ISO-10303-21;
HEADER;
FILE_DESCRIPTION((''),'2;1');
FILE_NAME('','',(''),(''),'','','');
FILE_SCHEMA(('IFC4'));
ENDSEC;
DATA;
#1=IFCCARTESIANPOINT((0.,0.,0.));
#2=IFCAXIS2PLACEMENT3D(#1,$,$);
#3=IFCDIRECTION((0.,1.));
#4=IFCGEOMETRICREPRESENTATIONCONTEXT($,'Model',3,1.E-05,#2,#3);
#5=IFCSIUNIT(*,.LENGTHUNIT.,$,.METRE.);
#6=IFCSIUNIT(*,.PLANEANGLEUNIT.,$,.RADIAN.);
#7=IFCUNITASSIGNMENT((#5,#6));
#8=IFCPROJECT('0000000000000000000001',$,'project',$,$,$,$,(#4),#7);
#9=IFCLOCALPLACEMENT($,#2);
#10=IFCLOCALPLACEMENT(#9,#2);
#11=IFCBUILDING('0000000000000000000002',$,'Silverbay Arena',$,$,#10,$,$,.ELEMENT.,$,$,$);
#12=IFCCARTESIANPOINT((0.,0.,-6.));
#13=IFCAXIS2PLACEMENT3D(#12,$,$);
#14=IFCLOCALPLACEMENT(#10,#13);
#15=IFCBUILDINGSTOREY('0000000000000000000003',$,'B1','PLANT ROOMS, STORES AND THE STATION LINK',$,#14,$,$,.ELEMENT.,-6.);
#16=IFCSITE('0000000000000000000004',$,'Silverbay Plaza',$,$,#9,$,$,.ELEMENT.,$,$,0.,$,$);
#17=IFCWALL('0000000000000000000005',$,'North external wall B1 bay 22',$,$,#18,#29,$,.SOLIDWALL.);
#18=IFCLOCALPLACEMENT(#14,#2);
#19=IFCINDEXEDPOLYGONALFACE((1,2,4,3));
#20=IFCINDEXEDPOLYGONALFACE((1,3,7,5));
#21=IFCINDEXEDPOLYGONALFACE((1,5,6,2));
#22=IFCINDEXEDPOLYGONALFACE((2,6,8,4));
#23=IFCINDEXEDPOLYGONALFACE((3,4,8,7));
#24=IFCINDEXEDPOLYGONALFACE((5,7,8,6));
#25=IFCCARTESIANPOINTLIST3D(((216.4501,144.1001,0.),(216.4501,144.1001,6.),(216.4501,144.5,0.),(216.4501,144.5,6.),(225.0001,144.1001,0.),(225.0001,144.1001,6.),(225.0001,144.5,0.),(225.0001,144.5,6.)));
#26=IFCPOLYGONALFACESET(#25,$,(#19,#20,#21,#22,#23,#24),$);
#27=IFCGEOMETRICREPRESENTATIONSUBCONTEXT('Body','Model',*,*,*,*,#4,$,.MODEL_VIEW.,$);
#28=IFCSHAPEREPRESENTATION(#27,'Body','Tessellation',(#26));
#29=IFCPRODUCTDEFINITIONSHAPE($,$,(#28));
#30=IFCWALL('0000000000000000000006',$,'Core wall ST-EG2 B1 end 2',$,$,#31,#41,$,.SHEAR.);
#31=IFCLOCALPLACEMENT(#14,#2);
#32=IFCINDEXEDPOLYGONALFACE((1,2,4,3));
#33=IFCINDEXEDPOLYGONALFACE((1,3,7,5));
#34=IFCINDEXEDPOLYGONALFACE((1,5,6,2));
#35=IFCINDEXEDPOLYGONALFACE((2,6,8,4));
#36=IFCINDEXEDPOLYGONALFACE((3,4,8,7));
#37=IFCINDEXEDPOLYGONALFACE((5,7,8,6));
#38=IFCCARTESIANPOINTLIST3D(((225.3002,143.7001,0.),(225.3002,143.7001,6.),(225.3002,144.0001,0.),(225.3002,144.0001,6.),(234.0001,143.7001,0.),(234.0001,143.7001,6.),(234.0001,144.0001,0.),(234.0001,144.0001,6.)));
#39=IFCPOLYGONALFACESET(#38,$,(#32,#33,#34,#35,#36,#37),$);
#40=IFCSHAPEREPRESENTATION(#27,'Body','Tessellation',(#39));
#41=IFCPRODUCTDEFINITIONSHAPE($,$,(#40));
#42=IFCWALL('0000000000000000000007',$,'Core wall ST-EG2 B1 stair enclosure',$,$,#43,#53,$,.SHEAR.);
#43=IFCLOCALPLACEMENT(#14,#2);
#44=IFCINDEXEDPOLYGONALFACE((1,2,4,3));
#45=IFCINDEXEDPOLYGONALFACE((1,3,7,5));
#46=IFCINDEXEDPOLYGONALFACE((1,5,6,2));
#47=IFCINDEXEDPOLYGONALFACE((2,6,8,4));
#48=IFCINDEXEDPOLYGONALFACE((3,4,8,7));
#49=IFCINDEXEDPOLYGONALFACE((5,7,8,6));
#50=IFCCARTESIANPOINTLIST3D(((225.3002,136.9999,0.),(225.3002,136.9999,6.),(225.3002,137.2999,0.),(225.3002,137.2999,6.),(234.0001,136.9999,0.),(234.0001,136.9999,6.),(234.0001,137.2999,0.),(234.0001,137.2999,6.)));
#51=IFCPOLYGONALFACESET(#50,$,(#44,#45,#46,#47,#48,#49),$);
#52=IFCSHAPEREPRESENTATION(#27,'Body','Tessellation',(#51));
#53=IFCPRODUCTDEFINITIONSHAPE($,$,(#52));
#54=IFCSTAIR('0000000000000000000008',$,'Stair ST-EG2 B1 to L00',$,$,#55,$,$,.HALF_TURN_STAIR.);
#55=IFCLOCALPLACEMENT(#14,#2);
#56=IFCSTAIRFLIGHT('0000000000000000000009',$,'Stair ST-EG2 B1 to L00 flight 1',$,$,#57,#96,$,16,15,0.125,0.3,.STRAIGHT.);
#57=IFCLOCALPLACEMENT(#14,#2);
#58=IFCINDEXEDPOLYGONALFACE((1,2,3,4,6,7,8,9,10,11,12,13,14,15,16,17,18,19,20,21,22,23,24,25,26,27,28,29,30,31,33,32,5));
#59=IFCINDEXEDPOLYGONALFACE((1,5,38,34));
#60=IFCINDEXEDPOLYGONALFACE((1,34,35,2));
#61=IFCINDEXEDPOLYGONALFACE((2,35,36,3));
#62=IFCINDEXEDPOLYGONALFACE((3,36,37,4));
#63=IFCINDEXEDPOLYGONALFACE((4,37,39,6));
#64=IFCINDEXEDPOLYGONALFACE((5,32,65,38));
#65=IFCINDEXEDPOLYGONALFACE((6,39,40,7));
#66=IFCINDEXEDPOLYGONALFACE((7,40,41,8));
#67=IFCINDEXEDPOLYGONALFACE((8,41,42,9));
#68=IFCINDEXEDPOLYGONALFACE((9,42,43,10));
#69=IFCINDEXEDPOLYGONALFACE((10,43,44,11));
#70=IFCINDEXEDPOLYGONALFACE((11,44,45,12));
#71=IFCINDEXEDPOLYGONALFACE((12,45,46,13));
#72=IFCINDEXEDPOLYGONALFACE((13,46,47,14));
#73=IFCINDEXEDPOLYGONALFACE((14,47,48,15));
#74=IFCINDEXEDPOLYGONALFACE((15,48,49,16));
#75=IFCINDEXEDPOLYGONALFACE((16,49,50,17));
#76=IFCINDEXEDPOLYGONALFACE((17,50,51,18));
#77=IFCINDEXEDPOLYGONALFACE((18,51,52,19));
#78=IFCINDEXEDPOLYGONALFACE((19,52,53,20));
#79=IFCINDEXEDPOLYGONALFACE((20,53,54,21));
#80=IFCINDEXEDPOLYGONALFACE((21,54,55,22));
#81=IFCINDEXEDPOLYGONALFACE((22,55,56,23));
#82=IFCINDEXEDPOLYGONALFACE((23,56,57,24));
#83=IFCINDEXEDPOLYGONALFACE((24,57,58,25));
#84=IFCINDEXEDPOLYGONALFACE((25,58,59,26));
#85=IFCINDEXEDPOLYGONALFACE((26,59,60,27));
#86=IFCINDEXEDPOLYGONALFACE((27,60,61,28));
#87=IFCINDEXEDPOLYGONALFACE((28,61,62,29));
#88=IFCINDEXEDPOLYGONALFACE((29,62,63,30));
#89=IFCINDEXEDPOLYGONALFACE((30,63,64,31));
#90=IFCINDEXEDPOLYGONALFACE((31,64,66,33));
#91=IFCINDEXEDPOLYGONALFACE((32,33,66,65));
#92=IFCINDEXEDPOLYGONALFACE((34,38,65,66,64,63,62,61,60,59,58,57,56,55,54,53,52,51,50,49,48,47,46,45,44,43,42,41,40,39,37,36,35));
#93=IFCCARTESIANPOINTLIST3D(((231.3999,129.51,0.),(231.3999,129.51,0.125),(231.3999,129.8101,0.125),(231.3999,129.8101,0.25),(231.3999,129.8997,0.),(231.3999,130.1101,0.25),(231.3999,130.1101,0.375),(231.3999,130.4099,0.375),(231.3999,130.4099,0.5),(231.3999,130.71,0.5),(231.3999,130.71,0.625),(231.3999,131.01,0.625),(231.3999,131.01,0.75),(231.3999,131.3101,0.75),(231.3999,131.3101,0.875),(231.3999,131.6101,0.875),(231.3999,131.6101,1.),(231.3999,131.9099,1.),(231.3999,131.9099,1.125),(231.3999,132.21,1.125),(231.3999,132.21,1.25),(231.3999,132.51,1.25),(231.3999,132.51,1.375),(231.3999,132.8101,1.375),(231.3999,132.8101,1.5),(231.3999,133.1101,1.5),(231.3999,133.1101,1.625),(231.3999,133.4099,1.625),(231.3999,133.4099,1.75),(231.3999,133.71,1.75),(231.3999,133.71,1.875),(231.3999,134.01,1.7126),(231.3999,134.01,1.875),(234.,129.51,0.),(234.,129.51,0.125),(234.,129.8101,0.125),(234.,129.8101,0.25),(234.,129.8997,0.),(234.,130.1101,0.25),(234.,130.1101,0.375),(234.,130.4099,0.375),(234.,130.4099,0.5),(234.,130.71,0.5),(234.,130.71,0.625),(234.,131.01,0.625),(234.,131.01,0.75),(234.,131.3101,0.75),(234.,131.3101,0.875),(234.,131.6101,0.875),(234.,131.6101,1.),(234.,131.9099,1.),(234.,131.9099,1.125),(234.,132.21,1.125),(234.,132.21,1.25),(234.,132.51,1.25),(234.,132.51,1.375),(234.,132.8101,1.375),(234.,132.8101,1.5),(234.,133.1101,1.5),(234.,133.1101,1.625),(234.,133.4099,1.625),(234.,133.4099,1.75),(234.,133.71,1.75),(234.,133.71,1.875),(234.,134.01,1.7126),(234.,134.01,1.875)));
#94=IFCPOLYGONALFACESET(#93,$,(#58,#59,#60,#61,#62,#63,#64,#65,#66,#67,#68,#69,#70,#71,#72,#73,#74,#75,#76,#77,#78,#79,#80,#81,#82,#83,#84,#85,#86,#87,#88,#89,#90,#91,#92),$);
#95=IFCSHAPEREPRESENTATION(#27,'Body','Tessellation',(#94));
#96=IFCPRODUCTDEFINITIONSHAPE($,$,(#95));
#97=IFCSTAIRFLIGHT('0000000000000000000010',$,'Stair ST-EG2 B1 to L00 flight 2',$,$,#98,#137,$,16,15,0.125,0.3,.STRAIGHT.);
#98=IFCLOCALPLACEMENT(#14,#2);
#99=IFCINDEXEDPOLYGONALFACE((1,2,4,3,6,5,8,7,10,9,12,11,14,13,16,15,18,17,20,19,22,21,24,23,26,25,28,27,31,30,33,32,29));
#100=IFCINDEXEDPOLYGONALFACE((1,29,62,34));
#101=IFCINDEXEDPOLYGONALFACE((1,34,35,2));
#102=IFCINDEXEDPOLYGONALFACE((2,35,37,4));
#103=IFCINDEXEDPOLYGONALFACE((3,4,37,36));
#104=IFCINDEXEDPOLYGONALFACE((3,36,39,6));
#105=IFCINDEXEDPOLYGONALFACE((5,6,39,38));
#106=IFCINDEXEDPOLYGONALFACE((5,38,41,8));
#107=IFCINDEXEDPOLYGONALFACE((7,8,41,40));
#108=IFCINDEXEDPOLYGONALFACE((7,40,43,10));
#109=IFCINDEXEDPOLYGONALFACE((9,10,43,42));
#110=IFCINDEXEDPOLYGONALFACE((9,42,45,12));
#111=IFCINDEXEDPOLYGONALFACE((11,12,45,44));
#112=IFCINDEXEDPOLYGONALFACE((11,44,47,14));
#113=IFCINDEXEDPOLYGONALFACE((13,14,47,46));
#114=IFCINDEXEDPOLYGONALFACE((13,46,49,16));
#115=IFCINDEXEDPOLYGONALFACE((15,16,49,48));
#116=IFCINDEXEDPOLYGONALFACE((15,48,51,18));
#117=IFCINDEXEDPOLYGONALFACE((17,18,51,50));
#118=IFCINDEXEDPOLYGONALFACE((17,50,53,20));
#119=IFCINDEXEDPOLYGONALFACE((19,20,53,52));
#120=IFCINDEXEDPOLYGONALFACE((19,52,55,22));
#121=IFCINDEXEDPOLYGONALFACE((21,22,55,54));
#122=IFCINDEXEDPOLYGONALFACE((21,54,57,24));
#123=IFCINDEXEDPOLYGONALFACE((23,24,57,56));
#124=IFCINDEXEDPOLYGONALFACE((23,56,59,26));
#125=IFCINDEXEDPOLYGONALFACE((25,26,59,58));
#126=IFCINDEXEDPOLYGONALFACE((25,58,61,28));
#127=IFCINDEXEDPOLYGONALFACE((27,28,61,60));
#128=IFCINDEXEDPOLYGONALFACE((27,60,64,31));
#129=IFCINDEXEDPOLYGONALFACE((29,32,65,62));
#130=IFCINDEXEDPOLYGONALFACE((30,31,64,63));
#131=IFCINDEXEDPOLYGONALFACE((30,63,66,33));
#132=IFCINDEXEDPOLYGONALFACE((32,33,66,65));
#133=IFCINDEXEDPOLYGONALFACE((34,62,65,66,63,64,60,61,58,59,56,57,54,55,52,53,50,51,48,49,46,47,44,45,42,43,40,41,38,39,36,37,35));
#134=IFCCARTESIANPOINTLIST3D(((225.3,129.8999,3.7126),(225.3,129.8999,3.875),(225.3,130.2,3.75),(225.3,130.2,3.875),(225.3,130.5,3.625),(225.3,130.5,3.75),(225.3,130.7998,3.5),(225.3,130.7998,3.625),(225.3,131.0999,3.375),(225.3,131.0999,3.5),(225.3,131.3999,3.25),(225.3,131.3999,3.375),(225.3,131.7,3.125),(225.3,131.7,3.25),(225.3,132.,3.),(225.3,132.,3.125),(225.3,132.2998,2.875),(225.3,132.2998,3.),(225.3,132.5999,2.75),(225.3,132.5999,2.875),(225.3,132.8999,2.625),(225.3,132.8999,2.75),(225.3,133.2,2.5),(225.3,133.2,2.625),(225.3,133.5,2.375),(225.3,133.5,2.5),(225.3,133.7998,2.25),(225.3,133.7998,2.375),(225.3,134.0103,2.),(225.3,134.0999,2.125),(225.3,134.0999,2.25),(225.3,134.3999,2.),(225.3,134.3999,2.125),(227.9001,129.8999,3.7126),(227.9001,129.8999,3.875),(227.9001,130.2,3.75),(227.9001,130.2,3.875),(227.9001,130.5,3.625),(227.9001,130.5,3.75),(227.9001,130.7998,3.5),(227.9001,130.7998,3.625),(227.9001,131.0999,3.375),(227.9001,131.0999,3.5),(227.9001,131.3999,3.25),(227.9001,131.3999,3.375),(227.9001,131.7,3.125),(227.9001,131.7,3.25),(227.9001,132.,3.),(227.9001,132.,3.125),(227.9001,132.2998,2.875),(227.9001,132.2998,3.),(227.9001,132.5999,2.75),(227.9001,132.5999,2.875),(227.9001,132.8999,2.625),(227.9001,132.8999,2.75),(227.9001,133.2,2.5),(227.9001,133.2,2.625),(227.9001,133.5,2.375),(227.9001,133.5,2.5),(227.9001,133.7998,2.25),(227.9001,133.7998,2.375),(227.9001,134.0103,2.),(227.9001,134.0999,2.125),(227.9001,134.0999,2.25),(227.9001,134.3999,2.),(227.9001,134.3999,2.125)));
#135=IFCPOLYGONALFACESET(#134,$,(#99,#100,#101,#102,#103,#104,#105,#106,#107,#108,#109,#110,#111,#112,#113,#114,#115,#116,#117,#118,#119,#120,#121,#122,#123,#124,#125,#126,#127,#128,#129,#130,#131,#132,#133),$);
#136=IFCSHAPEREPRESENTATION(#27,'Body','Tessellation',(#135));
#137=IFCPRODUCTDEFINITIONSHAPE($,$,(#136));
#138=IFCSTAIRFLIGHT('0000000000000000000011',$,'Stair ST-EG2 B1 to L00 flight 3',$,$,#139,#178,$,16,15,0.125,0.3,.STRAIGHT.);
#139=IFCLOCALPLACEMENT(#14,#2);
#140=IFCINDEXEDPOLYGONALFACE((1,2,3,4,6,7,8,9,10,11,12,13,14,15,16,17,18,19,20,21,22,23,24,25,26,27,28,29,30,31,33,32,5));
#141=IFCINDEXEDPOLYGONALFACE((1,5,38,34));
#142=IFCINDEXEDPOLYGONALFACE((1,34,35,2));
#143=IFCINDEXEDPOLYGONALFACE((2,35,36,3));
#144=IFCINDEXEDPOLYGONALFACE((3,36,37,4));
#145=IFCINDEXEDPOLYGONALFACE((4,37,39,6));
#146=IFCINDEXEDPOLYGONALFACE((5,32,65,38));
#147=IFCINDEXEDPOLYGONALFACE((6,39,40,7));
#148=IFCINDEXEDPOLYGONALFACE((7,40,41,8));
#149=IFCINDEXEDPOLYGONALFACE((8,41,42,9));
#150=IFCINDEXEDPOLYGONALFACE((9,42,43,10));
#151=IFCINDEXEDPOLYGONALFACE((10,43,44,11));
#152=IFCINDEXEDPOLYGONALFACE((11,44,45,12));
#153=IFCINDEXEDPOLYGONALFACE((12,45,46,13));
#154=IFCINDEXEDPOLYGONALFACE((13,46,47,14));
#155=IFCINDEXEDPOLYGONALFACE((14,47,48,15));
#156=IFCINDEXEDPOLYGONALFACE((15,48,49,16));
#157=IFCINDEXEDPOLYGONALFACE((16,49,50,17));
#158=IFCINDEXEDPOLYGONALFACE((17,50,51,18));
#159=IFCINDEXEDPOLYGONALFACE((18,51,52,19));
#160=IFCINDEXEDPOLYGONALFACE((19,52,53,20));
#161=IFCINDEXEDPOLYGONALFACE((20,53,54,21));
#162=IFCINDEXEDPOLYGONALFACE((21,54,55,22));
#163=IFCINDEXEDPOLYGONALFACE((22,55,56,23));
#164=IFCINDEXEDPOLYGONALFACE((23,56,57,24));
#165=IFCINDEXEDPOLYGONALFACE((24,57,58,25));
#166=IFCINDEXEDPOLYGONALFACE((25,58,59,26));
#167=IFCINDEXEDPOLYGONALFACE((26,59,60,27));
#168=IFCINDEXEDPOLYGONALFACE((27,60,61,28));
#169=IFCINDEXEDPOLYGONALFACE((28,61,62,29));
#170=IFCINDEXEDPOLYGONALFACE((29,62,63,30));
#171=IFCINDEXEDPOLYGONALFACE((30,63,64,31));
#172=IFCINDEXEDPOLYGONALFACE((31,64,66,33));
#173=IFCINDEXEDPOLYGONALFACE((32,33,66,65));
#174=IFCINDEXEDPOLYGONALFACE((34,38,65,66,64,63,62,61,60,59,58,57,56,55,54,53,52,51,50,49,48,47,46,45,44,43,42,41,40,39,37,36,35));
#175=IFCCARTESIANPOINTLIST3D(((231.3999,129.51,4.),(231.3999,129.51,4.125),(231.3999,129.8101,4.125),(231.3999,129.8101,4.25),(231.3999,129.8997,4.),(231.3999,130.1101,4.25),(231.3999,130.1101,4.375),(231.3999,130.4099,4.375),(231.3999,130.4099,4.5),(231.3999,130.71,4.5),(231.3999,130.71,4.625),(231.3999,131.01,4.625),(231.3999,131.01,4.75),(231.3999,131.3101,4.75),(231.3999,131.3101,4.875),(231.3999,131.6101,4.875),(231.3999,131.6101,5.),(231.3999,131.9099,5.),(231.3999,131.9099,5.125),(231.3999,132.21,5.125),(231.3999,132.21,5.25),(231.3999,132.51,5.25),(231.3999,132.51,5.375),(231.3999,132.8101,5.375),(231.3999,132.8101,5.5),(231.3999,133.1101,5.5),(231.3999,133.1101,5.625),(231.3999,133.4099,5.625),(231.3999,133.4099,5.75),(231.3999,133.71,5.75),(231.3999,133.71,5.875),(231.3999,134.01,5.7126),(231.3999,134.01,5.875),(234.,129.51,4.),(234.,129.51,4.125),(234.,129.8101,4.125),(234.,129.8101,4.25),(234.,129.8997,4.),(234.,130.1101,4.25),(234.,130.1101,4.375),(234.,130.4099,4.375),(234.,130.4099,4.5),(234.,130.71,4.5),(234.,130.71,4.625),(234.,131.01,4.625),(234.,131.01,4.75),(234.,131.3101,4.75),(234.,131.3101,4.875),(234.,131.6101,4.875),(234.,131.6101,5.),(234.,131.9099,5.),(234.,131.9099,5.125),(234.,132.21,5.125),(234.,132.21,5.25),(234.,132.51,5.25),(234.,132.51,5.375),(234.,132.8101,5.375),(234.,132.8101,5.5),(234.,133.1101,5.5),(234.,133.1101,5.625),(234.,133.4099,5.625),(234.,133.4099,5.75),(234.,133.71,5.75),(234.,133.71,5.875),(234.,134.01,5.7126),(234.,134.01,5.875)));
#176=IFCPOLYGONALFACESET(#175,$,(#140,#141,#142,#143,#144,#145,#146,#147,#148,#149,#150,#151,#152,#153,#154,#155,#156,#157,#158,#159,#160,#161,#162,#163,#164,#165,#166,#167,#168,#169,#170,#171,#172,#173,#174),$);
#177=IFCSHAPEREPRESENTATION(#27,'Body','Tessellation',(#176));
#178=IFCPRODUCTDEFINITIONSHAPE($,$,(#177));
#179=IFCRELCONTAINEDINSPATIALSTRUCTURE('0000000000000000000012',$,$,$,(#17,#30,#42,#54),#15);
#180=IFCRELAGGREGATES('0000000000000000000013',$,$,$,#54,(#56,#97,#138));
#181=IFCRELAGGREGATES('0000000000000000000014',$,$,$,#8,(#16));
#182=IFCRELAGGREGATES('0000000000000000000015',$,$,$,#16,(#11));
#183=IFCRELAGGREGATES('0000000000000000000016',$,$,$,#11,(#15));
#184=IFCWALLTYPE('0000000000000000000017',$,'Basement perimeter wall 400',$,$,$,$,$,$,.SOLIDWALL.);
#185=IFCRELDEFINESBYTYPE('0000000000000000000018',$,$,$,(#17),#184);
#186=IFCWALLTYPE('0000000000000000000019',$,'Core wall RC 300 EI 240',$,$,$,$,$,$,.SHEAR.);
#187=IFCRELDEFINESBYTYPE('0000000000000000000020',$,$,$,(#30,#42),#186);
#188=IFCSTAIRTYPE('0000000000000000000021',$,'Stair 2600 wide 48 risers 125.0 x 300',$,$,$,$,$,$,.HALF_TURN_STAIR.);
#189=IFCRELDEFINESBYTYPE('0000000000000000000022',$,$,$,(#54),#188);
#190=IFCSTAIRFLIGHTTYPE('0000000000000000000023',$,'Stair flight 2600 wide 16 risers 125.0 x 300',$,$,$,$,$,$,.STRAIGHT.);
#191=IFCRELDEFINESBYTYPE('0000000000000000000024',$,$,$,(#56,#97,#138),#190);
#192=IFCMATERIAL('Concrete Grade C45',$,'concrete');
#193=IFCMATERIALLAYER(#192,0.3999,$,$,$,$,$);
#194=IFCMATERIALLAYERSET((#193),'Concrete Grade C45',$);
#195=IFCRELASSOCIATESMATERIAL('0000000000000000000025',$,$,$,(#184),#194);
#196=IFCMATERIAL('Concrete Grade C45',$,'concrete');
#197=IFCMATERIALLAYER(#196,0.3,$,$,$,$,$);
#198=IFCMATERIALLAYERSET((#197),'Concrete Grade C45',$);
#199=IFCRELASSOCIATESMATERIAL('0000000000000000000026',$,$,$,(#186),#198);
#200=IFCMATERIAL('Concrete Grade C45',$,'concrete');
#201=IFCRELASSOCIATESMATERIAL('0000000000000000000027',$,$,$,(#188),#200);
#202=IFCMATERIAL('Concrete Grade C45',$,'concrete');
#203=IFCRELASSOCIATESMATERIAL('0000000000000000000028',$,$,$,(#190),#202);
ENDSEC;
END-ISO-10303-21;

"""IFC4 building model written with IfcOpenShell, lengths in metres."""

from ifc_helpers import new_model, si_unit, direction, frame, frame_2d, origin, place, context, subcontext, project, spatial, polyline, rectangle, outline, extrude, material, layer, layer_set, type_object, element, aggregate, save


model = new_model("IFC4")

# Units and contexts
model_context = context("Model", 3, precision=1e-05, world=origin(), true_north=direction((0.0, 1.0)))
body_context = subcontext(model_context, "Body", "Model", "MODEL_VIEW")
ifc_project = project(units=[si_unit("LENGTHUNIT", "METRE"), si_unit("PLANEANGLEUNIT", "RADIAN")], contexts=[model_context])

# Site, building, storey
site_placement = place(None, origin())
site = spatial("IfcSite", under=ifc_project, at=site_placement, Name="Silverbay Plaza", CompositionType="ELEMENT", RefElevation=0.0)
building_placement = place(site_placement, origin())
building = spatial("IfcBuilding", under=site, at=building_placement, Name="Silverbay Arena", CompositionType="ELEMENT")
storey_placement = place(building_placement, frame((0.0, 0.0, -6.0)))
storey = spatial("IfcBuildingStorey", under=building, at=storey_placement, Name="B1", Description="PLANT ROOMS, STORES AND THE STATION LINK", CompositionType="ELEMENT", Elevation=-6.0)

# Walls
ifc_material_1 = material(Name="Concrete Grade C45", Category="concrete")
ifc_layer_1 = layer(ifc_material_1, 0.3999)
ifc_layer_set_1 = layer_set([ifc_layer_1], Name="Concrete Grade C45")
wall_type_1 = type_object("IfcWallType", Name="Basement perimeter wall 400", PredefinedType="SOLIDWALL", material=ifc_layer_set_1)
wall_placement = place(storey_placement, frame((225.0, 144.3, 0.0), z_axis=(0.0, 0.0, 1.0), x_axis=(-1.0, 0.0, 0.0)))
element("IfcWall", 1, at=wall_placement, inside=storey, type_object=wall_type_1, Name="North external wall B1 bay 22", PredefinedType="SOLIDWALL", context=body_context, shape_type="SweptSolid", body=[
    extrude(rectangle(XDim=8.55, YDim=0.3999, at=frame_2d((4.2749, 0.0))), origin(), (0.0, 0.0, 1.0), 6.0),
])
ifc_material_2 = material(Name="Concrete Grade C45", Category="concrete")
ifc_layer_2 = layer(ifc_material_2, 0.3)
ifc_layer_set_2 = layer_set([ifc_layer_2], Name="Concrete Grade C45")
wall_type_2 = type_object("IfcWallType", Name="Core wall RC 300 EI 240", PredefinedType="SHEAR", material=ifc_layer_set_2)
for number, where, z_axis, x_axis, name in (
    (2, (225.3, 143.8501, 0.0), (0.0, 0.0, 1.0), (1.0, 0.0, 0.0), "Core wall ST-EG2 B1 end 2"),
    (3, (225.3, 137.1499, 0.0), (0.0, 0.0, 1.0), (1.0, 0.0, 0.0), "Core wall ST-EG2 B1 stair enclosure"),
):
    element("IfcWall", number, at=place(storey_placement, frame(where, z_axis=z_axis, x_axis=x_axis)), inside=storey, type_object=wall_type_2, Name=name, PredefinedType="SHEAR", context=body_context, shape_type="SweptSolid", body=[
        extrude(rectangle(XDim=8.7, YDim=0.3, at=frame_2d((4.3501, 0.0))), origin(), (0.0, 0.0, 1.0), 6.0),
    ])

# Stair, stair flights
ifc_material_3 = material(Name="Concrete Grade C45", Category="concrete")
stair_type = type_object("IfcStairType", Name="Stair 2600 wide 48 risers 125.0 x 300", PredefinedType="HALF_TURN_STAIR", material=ifc_material_3)
stair_placement = place(storey_placement, origin())
stair = element("IfcStair", 4, at=stair_placement, inside=storey, type_object=stair_type, Name="Stair ST-EG2 B1 to L00", PredefinedType="HALF_TURN_STAIR")
ifc_material_4 = material(Name="Concrete Grade C45", Category="concrete")
stair_flight_type = type_object("IfcStairFlightType", Name="Stair flight 2600 wide 16 risers 125.0 x 300", PredefinedType="STRAIGHT", material=ifc_material_4)
stair_flight_1_placement = place(storey_placement, frame((232.7, 129.51, 0.0), z_axis=(0.0, 0.0, 1.0), x_axis=(0.0, 1.0, 0.0)))
stair_flight_1 = element("IfcStairFlight", 5, at=stair_flight_1_placement, type_object=stair_flight_type, Name="Stair ST-EG2 B1 to L00 flight 1", NumberOfRisers=16, NumberOfTreads=15, PredefinedType="STRAIGHT", RiserHeight=0.125, TreadLength=0.3, context=body_context, shape_type="SweptSolid", body=[
    extrude(outline(polyline([(0.0, 0.0), (0.0, 0.125), (0.3, 0.125), (0.3, 0.25), (0.6001, 0.25), (0.6001, 0.375), (0.8999, 0.375), (0.8999, 0.5), (1.2, 0.5), (1.2, 0.625), (1.5, 0.625), (1.5, 0.75), (1.8, 0.75), (1.8, 0.875), (2.1001, 0.875), (2.1001, 1.0), (2.3999, 1.0), (2.3999, 1.125), (2.7, 1.125), (2.7, 1.25), (3.0, 1.25), (3.0, 1.375), (3.3, 1.375), (3.3, 1.5), (3.6001, 1.5), (3.6001, 1.625), (3.8999, 1.625), (3.8999, 1.75), (4.2, 1.75), (4.2, 1.875), (4.5, 1.875), (4.5, 1.7126), (0.3896, 0.0), (0.0, 0.0)])), frame((0.0, 1.3, 0.0), z_axis=(0.0, -1.0, 0.0), x_axis=(1.0, 0.0, 0.0)), (0.0, 0.0, 1.0), 2.6001),
])
stair_flight_2_placement = place(storey_placement, frame((226.6001, 134.3999, 2.0), z_axis=(0.0, 0.0, 1.0), x_axis=(0.0, -1.0, 0.0)))
stair_flight_2 = element("IfcStairFlight", 6, at=stair_flight_2_placement, type_object=stair_flight_type, Name="Stair ST-EG2 B1 to L00 flight 2", NumberOfRisers=16, NumberOfTreads=15, PredefinedType="STRAIGHT", RiserHeight=0.125, TreadLength=0.3, context=body_context, shape_type="SweptSolid", body=[
    extrude(outline(polyline([(0.0, 0.0), (0.0, 0.125), (0.3, 0.125), (0.3, 0.25), (0.6001, 0.25), (0.6001, 0.375), (0.8999, 0.375), (0.8999, 0.5), (1.2, 0.5), (1.2, 0.625), (1.5, 0.625), (1.5, 0.75), (1.8, 0.75), (1.8, 0.875), (2.1001, 0.875), (2.1001, 1.0), (2.3999, 1.0), (2.3999, 1.125), (2.7, 1.125), (2.7, 1.25), (3.0, 1.25), (3.0, 1.375), (3.3, 1.375), (3.3, 1.5), (3.6001, 1.5), (3.6001, 1.625), (3.8999, 1.625), (3.8999, 1.75), (4.2, 1.75), (4.2, 1.875), (4.5, 1.875), (4.5, 1.7126), (0.3896, 0.0), (0.0, 0.0)])), frame((0.0, 1.3, 0.0), z_axis=(0.0, -1.0, 0.0), x_axis=(1.0, 0.0, 0.0)), (0.0, 0.0, 1.0), 2.6001),
])
stair_flight_3_placement = place(storey_placement, frame((232.7, 129.51, 4.0), z_axis=(0.0, 0.0, 1.0), x_axis=(0.0, 1.0, 0.0)))
stair_flight_3 = element("IfcStairFlight", 7, at=stair_flight_3_placement, type_object=stair_flight_type, Name="Stair ST-EG2 B1 to L00 flight 3", NumberOfRisers=16, NumberOfTreads=15, PredefinedType="STRAIGHT", RiserHeight=0.125, TreadLength=0.3, context=body_context, shape_type="SweptSolid", body=[
    extrude(outline(polyline([(0.0, 0.0), (0.0, 0.125), (0.3, 0.125), (0.3, 0.25), (0.6001, 0.25), (0.6001, 0.375), (0.8999, 0.375), (0.8999, 0.5), (1.2, 0.5), (1.2, 0.625), (1.5, 0.625), (1.5, 0.75), (1.8, 0.75), (1.8, 0.875), (2.1001, 0.875), (2.1001, 1.0), (2.3999, 1.0), (2.3999, 1.125), (2.7, 1.125), (2.7, 1.25), (3.0, 1.25), (3.0, 1.375), (3.3, 1.375), (3.3, 1.5), (3.6001, 1.5), (3.6001, 1.625), (3.8999, 1.625), (3.8999, 1.75), (4.2, 1.75), (4.2, 1.875), (4.5, 1.875), (4.5, 1.7126), (0.3896, 0.0), (0.0, 0.0)])), frame((0.0, 1.3, 0.0), z_axis=(0.0, -1.0, 0.0), x_axis=(1.0, 0.0, 0.0)), (0.0, 0.0, 1.0), 2.6001),
])
aggregate(stair, [stair_flight_1, stair_flight_2, stair_flight_3])

save(model, "model.ifc")
